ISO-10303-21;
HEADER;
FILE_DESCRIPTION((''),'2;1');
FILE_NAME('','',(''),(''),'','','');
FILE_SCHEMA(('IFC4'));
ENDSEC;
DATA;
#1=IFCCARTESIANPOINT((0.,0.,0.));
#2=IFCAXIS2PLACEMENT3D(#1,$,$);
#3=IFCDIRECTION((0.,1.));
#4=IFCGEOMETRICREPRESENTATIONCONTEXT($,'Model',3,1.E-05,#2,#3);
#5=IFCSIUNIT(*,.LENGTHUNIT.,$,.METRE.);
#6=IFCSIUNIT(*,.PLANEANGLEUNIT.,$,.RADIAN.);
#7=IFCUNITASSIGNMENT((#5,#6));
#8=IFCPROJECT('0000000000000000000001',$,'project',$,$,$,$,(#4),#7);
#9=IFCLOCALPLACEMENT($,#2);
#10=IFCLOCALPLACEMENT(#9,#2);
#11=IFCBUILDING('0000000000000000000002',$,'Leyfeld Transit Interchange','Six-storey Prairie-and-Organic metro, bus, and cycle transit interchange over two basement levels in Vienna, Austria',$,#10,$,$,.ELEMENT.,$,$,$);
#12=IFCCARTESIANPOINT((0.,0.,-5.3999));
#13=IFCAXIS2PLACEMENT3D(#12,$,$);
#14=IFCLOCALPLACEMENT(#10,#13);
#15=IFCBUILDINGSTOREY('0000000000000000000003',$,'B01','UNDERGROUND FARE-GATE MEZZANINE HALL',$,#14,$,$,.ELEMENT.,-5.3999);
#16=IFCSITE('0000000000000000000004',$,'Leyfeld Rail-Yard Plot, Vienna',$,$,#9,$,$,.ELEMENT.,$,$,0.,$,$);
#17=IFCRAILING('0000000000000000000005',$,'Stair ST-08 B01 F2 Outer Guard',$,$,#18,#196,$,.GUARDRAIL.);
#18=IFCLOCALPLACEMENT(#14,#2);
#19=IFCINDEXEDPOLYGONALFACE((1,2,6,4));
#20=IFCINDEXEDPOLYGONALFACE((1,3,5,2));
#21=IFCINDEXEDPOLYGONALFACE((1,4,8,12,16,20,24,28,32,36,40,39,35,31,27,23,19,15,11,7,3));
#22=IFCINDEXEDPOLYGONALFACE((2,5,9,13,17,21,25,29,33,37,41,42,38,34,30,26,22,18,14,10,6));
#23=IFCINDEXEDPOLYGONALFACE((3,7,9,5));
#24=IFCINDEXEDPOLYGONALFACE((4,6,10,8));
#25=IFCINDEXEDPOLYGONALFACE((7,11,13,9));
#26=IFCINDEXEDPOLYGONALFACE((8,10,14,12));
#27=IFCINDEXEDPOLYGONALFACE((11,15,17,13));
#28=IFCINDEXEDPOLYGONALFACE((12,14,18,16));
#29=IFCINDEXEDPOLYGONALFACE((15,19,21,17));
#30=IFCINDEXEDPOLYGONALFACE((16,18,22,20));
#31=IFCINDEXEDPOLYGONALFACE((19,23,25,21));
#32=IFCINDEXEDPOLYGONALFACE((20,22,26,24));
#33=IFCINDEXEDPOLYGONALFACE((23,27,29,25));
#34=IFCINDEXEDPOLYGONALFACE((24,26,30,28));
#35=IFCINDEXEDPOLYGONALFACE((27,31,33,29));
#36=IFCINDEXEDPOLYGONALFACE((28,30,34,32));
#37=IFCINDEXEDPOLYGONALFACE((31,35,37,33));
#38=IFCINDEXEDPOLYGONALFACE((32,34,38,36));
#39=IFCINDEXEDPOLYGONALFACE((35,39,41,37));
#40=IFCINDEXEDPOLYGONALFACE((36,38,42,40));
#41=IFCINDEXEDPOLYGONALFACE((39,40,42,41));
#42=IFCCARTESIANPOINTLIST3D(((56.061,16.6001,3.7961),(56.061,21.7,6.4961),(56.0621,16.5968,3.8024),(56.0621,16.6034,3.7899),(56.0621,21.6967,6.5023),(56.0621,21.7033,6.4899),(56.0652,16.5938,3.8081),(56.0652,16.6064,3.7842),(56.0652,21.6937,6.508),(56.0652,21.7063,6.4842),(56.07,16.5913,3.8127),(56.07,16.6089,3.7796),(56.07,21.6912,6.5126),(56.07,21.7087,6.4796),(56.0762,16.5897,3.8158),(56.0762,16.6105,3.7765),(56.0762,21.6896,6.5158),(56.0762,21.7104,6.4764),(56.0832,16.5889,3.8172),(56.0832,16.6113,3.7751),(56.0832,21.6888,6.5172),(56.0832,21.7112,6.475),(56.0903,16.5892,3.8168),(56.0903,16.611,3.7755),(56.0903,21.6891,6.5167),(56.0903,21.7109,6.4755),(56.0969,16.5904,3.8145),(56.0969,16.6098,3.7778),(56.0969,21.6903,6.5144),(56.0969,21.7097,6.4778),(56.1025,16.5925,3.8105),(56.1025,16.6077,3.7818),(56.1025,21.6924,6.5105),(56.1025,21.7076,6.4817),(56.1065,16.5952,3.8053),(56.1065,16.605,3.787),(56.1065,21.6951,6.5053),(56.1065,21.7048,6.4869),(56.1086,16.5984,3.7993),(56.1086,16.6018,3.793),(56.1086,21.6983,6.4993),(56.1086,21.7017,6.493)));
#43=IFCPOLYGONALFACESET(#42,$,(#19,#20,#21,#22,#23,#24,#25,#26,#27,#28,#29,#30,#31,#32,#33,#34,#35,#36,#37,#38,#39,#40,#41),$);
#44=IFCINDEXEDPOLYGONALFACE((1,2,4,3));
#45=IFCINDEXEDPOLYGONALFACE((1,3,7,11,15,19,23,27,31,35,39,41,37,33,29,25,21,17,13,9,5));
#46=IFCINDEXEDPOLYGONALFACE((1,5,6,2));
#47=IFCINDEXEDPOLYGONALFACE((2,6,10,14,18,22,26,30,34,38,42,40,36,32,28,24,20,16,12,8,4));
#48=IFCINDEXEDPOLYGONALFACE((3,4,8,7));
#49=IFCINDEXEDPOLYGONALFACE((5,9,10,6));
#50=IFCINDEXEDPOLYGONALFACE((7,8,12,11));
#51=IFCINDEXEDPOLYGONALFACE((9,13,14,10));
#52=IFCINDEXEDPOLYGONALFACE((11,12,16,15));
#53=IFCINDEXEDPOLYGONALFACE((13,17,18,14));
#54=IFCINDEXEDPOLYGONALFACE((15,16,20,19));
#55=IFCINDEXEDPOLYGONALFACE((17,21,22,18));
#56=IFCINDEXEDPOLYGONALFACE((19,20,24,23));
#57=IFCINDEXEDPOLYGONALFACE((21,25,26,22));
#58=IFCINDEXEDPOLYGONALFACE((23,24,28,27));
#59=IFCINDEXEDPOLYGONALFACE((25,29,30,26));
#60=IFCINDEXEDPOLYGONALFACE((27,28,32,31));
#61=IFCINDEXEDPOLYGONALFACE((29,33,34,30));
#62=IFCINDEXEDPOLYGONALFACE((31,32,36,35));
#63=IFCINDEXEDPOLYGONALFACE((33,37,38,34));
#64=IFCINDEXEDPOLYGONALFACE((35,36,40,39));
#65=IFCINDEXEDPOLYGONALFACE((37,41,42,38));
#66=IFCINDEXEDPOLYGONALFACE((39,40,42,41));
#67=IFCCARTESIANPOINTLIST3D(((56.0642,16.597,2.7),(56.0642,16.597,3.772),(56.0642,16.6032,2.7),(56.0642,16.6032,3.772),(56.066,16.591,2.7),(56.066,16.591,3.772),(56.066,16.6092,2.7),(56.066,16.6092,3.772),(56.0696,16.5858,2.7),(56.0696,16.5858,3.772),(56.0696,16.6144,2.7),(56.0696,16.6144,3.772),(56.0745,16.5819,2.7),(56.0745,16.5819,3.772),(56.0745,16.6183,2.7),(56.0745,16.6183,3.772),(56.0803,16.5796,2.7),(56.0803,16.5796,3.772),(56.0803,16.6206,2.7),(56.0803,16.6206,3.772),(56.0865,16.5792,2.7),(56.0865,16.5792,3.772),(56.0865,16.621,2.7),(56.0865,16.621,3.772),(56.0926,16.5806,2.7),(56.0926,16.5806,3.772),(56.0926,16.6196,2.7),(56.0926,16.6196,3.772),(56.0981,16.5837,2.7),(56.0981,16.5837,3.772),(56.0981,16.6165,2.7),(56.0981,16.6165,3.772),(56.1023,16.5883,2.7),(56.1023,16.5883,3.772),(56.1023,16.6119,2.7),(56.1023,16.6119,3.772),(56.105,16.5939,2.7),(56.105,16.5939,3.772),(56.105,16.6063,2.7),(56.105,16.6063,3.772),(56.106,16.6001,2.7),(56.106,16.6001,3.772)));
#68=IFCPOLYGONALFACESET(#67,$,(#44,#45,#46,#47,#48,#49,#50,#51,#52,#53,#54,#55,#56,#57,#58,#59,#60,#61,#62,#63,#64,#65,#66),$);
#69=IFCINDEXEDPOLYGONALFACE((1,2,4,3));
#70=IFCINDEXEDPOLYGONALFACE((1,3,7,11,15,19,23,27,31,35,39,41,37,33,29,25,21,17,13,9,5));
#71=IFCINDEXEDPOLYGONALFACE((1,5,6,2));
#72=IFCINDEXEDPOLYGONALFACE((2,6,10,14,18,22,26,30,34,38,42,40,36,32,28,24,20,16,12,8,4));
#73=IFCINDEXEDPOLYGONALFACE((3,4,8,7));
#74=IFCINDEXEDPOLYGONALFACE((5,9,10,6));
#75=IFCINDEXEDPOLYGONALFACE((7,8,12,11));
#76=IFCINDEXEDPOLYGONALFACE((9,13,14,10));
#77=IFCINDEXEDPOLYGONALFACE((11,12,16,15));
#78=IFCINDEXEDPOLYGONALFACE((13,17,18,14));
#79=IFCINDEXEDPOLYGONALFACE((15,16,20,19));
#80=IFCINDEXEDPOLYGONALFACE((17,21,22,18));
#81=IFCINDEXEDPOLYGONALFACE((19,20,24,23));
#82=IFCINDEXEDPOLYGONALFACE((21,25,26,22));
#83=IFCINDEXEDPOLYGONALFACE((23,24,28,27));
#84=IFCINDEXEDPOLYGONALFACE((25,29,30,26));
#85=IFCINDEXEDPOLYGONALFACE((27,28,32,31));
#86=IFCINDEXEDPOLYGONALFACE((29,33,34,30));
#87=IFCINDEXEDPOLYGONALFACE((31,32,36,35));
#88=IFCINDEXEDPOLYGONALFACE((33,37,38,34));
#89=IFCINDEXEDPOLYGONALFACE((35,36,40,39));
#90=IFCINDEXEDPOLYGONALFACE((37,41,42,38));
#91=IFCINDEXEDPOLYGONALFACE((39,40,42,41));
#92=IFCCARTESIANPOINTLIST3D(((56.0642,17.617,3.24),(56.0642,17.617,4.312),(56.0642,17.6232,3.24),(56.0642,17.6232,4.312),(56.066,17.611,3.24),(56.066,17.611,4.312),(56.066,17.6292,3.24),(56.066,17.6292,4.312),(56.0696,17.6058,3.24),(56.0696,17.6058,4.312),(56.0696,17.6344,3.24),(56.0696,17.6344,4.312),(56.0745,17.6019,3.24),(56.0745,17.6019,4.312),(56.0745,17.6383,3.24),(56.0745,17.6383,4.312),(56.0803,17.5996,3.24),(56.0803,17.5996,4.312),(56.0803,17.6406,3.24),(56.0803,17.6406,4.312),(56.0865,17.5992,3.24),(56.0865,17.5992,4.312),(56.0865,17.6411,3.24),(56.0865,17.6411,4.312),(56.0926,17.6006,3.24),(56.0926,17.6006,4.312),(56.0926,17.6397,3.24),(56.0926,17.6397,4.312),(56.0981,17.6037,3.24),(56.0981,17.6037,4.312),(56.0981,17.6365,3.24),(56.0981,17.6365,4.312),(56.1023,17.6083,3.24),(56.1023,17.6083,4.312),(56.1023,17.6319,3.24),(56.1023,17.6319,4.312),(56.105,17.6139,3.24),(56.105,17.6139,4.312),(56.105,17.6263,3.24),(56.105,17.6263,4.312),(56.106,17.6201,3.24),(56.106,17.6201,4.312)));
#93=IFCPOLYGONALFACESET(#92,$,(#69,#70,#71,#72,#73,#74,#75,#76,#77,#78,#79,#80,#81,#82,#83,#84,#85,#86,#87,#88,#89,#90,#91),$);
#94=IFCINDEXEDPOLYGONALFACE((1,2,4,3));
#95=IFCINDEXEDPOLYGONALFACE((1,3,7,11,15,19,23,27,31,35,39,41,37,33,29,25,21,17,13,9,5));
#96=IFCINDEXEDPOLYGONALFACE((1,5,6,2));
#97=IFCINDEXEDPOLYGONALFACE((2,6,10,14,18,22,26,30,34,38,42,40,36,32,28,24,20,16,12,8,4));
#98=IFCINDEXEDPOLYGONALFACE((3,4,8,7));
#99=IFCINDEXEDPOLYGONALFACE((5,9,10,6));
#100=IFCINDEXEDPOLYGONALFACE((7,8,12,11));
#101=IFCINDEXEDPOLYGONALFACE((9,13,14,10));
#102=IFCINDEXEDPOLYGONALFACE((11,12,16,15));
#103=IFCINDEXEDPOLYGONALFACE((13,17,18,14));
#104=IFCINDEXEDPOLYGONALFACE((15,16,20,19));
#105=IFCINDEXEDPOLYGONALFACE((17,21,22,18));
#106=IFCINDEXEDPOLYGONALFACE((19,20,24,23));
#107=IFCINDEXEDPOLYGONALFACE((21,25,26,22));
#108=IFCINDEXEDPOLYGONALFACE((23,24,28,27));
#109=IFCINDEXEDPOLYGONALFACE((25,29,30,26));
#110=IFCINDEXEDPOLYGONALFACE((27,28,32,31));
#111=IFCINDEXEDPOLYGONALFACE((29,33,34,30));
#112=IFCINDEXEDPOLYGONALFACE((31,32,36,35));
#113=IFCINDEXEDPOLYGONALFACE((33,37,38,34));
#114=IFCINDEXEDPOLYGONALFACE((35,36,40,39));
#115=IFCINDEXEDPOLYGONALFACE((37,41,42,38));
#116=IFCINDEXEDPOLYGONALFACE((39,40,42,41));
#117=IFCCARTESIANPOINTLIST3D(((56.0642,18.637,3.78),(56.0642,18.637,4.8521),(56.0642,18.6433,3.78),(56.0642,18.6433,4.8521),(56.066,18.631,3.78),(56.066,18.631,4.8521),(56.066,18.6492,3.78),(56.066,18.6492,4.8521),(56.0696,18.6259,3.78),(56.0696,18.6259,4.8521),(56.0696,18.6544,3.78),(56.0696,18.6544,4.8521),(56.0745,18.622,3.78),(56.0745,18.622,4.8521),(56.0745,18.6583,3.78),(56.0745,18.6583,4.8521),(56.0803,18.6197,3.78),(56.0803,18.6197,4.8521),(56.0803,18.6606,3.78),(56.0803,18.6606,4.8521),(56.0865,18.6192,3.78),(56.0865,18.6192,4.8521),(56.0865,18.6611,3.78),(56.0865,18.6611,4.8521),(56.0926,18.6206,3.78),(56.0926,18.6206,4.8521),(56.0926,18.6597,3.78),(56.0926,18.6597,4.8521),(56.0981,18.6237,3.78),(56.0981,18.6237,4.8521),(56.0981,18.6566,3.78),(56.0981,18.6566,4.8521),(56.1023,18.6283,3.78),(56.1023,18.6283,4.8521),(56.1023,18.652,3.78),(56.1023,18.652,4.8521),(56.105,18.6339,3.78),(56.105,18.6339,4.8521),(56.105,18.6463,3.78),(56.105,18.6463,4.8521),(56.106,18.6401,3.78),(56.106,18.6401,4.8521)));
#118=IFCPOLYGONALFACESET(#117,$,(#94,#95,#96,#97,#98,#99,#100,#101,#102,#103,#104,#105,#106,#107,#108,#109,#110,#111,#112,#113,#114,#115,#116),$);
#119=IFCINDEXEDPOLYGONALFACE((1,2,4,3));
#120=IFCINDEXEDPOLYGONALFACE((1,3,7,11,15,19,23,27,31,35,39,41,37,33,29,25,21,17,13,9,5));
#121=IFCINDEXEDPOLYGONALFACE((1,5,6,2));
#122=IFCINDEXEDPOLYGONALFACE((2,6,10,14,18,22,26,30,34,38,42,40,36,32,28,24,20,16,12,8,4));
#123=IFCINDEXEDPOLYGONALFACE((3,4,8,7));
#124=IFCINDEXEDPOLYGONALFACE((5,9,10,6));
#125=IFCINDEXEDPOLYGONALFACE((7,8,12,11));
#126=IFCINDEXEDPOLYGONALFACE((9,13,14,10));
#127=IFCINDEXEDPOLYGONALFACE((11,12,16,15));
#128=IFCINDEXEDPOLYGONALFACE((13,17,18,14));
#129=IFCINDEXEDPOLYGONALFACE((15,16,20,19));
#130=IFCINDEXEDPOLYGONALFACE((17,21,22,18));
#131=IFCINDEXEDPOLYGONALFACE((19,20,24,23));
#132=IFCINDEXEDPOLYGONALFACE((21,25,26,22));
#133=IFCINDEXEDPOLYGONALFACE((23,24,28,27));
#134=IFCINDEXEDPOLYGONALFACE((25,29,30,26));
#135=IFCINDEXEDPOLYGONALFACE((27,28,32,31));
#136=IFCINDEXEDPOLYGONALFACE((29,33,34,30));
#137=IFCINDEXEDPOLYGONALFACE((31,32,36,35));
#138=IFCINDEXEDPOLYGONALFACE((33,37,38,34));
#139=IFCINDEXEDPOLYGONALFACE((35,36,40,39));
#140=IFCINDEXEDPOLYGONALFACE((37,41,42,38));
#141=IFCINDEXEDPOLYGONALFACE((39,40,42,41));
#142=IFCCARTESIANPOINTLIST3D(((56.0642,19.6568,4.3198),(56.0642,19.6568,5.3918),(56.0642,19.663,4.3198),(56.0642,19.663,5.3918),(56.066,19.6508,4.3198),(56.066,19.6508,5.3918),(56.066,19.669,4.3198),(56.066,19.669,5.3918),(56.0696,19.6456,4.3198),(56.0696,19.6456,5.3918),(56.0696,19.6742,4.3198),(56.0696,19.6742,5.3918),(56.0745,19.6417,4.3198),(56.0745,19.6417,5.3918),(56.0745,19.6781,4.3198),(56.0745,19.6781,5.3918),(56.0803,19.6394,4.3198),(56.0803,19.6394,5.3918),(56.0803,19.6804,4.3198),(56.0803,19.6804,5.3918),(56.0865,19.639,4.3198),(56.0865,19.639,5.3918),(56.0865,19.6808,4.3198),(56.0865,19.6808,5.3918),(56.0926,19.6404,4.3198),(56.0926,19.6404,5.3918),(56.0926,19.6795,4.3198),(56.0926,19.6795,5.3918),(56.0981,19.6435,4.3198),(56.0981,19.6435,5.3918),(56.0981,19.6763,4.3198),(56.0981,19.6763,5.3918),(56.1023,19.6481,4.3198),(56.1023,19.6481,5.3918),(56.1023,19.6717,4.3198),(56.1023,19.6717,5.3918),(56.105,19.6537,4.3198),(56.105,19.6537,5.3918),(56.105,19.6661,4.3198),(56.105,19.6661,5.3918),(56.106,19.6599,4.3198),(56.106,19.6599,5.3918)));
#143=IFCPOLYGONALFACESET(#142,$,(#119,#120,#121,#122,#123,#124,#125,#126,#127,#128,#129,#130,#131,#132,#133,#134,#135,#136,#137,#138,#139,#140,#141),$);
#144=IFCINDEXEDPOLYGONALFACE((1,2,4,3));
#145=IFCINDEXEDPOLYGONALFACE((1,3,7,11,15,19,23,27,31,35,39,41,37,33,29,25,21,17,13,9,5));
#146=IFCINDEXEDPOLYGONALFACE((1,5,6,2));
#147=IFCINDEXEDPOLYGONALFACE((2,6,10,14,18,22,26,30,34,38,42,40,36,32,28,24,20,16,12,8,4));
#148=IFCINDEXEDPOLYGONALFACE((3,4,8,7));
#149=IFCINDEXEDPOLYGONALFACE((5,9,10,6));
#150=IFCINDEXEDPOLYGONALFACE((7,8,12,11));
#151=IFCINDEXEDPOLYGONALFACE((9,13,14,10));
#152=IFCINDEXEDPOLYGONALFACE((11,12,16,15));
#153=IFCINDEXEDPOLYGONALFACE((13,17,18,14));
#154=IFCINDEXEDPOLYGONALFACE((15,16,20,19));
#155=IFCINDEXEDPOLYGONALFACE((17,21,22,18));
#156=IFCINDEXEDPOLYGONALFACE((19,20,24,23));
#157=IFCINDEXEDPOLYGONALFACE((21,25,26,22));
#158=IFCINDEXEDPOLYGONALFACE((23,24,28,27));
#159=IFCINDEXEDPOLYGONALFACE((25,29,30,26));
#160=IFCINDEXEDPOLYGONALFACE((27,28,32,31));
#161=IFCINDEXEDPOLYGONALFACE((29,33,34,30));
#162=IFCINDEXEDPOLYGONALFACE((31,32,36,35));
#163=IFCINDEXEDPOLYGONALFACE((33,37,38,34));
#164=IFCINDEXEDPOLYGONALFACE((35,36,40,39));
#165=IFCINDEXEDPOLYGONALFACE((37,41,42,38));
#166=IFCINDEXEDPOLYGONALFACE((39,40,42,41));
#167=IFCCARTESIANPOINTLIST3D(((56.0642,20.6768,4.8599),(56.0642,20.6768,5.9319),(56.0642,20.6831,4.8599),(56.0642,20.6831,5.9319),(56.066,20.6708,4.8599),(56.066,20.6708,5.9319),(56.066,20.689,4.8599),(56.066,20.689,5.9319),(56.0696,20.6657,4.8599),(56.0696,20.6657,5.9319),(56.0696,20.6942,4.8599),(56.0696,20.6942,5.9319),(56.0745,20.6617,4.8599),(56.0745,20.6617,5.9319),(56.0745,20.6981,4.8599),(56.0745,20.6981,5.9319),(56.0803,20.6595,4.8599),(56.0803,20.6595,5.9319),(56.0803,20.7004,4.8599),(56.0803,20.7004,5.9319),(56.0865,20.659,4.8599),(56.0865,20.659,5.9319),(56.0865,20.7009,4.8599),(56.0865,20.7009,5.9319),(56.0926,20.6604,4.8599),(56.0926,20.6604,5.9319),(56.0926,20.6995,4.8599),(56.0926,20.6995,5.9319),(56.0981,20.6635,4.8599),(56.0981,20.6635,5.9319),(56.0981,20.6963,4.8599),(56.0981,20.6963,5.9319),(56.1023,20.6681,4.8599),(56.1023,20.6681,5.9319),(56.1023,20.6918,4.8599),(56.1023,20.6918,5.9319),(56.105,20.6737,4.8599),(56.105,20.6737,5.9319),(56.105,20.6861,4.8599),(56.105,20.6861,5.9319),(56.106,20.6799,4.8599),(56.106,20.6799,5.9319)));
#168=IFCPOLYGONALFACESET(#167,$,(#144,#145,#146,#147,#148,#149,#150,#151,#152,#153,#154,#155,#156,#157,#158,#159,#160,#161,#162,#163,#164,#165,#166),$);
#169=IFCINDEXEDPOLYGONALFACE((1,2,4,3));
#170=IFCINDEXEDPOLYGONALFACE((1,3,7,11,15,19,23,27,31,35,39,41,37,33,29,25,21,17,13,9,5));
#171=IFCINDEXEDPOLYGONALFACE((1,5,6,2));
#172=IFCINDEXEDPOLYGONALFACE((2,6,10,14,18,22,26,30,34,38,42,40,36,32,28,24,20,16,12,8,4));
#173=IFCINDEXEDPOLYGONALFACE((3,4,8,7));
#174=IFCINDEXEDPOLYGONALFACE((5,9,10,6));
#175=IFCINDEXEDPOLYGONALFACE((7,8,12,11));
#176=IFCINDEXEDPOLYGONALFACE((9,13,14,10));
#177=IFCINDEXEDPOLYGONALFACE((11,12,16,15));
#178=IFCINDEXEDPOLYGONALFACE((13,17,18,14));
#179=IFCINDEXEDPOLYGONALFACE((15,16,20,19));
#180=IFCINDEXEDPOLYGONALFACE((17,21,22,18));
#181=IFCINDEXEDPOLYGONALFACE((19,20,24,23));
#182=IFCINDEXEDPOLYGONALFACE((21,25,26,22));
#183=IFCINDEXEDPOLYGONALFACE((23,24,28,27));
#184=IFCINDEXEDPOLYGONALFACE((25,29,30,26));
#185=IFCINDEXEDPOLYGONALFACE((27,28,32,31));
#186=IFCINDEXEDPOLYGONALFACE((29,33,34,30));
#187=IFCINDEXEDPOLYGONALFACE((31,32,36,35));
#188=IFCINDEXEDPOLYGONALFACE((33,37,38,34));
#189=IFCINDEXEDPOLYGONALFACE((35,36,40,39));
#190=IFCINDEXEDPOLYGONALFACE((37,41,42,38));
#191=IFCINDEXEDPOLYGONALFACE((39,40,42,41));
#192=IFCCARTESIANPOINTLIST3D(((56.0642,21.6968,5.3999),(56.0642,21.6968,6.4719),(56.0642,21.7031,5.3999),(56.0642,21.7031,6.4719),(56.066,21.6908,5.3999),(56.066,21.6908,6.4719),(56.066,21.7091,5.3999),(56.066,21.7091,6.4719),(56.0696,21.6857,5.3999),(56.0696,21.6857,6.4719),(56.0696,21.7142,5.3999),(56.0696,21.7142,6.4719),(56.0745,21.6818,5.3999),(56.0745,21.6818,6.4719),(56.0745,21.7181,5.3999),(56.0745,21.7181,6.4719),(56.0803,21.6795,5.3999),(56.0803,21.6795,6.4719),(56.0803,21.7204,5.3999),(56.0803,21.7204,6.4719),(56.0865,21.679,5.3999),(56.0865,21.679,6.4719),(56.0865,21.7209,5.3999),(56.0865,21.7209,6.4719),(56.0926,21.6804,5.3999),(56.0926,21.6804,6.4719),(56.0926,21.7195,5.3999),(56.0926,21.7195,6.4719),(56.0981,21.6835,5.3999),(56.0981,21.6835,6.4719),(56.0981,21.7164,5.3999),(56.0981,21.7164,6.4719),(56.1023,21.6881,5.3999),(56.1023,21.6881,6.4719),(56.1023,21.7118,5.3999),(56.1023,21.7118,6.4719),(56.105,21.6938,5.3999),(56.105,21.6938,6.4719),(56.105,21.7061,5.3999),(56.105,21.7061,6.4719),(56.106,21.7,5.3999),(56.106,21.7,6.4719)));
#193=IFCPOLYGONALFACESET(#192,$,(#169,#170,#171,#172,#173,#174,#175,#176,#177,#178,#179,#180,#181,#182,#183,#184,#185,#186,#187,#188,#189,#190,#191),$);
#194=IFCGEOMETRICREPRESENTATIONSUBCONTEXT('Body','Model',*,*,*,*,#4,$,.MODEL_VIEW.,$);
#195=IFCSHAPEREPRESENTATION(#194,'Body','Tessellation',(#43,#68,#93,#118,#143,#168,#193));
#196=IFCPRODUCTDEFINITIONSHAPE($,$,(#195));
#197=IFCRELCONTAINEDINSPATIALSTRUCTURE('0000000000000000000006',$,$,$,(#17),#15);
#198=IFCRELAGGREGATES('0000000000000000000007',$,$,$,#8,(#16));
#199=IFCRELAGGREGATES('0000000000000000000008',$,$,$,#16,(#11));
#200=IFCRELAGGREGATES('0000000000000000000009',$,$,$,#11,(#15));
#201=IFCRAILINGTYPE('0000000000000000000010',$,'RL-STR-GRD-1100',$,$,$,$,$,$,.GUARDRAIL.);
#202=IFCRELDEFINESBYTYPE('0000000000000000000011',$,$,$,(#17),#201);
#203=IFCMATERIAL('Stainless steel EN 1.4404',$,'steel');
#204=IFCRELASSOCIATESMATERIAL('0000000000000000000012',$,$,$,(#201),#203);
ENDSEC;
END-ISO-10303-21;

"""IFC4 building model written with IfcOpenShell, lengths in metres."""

from ifc_helpers import new_model, si_unit, direction, frame, origin, origin_2d, place, context, subcontext, project, spatial, circle, extrude, material, type_object, element, save


model = new_model("IFC4")

# Units and contexts
model_context = context("Model", 3, precision=1e-05, world=origin(), true_north=direction((0.0, 1.0)))
body_context = subcontext(model_context, "Body", "Model", "MODEL_VIEW")
ifc_project = project(units=[si_unit("LENGTHUNIT", "METRE"), si_unit("PLANEANGLEUNIT", "RADIAN")], contexts=[model_context])

# Site, building, storey
site_placement = place(None, origin())
site = spatial("IfcSite", under=ifc_project, at=site_placement, Name="Leyfeld Rail-Yard Plot, Vienna", CompositionType="ELEMENT", RefElevation=0.0)
building_placement = place(site_placement, origin())
building = spatial("IfcBuilding", under=site, at=building_placement, Name="Leyfeld Transit Interchange", Description="Six-storey Prairie-and-Organic metro, bus, and cycle transit interchange over two basement levels in Vienna, Austria", CompositionType="ELEMENT")
storey_placement = place(building_placement, frame((0.0, 0.0, -5.3999)))
storey = spatial("IfcBuildingStorey", under=building, at=storey_placement, Name="B01", Description="UNDERGROUND FARE-GATE MEZZANINE HALL", CompositionType="ELEMENT", Elevation=-5.3999)

# Railing
ifc_material_1 = material(Name="Stainless steel EN 1.4404", Category="steel")
railing_type_1 = type_object("IfcRailingType", Name="RL-STR-GRD-1100", PredefinedType="GUARDRAIL", material=ifc_material_1)
for number, where, name in (
    (1, (56.085, 16.6001, 2.7), "Stair ST-08 B01 F2 Outer Guard"),
):
    element("IfcRailing", number, at=place(storey_placement, frame(where)), inside=storey, type_object=railing_type_1, Name=name, PredefinedType="GUARDRAIL", context=body_context, shape_type="SweptSolid", body=[
        extrude(circle(Radius=0.0239, at=origin_2d()), frame((0.0, 0.0, 1.0962), z_axis=(0.0, 0.883786, 0.467892), x_axis=(-1.0, 0.0, 0.0)), (0.0, 0.0, 1.0), 5.7705),
        extrude(circle(Radius=0.021, at=origin_2d()), origin(), (0.0, 0.0, 1.0), 1.072),
        extrude(circle(Radius=0.021, at=origin_2d()), frame((0.0, 1.02, 0.54)), (0.0, 0.0, 1.0), 1.072),
        extrude(circle(Radius=0.021, at=origin_2d()), frame((0.0, 2.04, 1.0801)), (0.0, 0.0, 1.0), 1.072),
        extrude(circle(Radius=0.021, at=origin_2d()), frame((0.0, 3.0598, 1.6199)), (0.0, 0.0, 1.0), 1.072),
        extrude(circle(Radius=0.021, at=origin_2d()), frame((0.0, 4.0798, 2.1599)), (0.0, 0.0, 1.0), 1.072),
        extrude(circle(Radius=0.021, at=origin_2d()), frame((0.0, 5.0999, 2.7)), (0.0, 0.0, 1.0), 1.072),
    ])

save(model, "model.ifc")
